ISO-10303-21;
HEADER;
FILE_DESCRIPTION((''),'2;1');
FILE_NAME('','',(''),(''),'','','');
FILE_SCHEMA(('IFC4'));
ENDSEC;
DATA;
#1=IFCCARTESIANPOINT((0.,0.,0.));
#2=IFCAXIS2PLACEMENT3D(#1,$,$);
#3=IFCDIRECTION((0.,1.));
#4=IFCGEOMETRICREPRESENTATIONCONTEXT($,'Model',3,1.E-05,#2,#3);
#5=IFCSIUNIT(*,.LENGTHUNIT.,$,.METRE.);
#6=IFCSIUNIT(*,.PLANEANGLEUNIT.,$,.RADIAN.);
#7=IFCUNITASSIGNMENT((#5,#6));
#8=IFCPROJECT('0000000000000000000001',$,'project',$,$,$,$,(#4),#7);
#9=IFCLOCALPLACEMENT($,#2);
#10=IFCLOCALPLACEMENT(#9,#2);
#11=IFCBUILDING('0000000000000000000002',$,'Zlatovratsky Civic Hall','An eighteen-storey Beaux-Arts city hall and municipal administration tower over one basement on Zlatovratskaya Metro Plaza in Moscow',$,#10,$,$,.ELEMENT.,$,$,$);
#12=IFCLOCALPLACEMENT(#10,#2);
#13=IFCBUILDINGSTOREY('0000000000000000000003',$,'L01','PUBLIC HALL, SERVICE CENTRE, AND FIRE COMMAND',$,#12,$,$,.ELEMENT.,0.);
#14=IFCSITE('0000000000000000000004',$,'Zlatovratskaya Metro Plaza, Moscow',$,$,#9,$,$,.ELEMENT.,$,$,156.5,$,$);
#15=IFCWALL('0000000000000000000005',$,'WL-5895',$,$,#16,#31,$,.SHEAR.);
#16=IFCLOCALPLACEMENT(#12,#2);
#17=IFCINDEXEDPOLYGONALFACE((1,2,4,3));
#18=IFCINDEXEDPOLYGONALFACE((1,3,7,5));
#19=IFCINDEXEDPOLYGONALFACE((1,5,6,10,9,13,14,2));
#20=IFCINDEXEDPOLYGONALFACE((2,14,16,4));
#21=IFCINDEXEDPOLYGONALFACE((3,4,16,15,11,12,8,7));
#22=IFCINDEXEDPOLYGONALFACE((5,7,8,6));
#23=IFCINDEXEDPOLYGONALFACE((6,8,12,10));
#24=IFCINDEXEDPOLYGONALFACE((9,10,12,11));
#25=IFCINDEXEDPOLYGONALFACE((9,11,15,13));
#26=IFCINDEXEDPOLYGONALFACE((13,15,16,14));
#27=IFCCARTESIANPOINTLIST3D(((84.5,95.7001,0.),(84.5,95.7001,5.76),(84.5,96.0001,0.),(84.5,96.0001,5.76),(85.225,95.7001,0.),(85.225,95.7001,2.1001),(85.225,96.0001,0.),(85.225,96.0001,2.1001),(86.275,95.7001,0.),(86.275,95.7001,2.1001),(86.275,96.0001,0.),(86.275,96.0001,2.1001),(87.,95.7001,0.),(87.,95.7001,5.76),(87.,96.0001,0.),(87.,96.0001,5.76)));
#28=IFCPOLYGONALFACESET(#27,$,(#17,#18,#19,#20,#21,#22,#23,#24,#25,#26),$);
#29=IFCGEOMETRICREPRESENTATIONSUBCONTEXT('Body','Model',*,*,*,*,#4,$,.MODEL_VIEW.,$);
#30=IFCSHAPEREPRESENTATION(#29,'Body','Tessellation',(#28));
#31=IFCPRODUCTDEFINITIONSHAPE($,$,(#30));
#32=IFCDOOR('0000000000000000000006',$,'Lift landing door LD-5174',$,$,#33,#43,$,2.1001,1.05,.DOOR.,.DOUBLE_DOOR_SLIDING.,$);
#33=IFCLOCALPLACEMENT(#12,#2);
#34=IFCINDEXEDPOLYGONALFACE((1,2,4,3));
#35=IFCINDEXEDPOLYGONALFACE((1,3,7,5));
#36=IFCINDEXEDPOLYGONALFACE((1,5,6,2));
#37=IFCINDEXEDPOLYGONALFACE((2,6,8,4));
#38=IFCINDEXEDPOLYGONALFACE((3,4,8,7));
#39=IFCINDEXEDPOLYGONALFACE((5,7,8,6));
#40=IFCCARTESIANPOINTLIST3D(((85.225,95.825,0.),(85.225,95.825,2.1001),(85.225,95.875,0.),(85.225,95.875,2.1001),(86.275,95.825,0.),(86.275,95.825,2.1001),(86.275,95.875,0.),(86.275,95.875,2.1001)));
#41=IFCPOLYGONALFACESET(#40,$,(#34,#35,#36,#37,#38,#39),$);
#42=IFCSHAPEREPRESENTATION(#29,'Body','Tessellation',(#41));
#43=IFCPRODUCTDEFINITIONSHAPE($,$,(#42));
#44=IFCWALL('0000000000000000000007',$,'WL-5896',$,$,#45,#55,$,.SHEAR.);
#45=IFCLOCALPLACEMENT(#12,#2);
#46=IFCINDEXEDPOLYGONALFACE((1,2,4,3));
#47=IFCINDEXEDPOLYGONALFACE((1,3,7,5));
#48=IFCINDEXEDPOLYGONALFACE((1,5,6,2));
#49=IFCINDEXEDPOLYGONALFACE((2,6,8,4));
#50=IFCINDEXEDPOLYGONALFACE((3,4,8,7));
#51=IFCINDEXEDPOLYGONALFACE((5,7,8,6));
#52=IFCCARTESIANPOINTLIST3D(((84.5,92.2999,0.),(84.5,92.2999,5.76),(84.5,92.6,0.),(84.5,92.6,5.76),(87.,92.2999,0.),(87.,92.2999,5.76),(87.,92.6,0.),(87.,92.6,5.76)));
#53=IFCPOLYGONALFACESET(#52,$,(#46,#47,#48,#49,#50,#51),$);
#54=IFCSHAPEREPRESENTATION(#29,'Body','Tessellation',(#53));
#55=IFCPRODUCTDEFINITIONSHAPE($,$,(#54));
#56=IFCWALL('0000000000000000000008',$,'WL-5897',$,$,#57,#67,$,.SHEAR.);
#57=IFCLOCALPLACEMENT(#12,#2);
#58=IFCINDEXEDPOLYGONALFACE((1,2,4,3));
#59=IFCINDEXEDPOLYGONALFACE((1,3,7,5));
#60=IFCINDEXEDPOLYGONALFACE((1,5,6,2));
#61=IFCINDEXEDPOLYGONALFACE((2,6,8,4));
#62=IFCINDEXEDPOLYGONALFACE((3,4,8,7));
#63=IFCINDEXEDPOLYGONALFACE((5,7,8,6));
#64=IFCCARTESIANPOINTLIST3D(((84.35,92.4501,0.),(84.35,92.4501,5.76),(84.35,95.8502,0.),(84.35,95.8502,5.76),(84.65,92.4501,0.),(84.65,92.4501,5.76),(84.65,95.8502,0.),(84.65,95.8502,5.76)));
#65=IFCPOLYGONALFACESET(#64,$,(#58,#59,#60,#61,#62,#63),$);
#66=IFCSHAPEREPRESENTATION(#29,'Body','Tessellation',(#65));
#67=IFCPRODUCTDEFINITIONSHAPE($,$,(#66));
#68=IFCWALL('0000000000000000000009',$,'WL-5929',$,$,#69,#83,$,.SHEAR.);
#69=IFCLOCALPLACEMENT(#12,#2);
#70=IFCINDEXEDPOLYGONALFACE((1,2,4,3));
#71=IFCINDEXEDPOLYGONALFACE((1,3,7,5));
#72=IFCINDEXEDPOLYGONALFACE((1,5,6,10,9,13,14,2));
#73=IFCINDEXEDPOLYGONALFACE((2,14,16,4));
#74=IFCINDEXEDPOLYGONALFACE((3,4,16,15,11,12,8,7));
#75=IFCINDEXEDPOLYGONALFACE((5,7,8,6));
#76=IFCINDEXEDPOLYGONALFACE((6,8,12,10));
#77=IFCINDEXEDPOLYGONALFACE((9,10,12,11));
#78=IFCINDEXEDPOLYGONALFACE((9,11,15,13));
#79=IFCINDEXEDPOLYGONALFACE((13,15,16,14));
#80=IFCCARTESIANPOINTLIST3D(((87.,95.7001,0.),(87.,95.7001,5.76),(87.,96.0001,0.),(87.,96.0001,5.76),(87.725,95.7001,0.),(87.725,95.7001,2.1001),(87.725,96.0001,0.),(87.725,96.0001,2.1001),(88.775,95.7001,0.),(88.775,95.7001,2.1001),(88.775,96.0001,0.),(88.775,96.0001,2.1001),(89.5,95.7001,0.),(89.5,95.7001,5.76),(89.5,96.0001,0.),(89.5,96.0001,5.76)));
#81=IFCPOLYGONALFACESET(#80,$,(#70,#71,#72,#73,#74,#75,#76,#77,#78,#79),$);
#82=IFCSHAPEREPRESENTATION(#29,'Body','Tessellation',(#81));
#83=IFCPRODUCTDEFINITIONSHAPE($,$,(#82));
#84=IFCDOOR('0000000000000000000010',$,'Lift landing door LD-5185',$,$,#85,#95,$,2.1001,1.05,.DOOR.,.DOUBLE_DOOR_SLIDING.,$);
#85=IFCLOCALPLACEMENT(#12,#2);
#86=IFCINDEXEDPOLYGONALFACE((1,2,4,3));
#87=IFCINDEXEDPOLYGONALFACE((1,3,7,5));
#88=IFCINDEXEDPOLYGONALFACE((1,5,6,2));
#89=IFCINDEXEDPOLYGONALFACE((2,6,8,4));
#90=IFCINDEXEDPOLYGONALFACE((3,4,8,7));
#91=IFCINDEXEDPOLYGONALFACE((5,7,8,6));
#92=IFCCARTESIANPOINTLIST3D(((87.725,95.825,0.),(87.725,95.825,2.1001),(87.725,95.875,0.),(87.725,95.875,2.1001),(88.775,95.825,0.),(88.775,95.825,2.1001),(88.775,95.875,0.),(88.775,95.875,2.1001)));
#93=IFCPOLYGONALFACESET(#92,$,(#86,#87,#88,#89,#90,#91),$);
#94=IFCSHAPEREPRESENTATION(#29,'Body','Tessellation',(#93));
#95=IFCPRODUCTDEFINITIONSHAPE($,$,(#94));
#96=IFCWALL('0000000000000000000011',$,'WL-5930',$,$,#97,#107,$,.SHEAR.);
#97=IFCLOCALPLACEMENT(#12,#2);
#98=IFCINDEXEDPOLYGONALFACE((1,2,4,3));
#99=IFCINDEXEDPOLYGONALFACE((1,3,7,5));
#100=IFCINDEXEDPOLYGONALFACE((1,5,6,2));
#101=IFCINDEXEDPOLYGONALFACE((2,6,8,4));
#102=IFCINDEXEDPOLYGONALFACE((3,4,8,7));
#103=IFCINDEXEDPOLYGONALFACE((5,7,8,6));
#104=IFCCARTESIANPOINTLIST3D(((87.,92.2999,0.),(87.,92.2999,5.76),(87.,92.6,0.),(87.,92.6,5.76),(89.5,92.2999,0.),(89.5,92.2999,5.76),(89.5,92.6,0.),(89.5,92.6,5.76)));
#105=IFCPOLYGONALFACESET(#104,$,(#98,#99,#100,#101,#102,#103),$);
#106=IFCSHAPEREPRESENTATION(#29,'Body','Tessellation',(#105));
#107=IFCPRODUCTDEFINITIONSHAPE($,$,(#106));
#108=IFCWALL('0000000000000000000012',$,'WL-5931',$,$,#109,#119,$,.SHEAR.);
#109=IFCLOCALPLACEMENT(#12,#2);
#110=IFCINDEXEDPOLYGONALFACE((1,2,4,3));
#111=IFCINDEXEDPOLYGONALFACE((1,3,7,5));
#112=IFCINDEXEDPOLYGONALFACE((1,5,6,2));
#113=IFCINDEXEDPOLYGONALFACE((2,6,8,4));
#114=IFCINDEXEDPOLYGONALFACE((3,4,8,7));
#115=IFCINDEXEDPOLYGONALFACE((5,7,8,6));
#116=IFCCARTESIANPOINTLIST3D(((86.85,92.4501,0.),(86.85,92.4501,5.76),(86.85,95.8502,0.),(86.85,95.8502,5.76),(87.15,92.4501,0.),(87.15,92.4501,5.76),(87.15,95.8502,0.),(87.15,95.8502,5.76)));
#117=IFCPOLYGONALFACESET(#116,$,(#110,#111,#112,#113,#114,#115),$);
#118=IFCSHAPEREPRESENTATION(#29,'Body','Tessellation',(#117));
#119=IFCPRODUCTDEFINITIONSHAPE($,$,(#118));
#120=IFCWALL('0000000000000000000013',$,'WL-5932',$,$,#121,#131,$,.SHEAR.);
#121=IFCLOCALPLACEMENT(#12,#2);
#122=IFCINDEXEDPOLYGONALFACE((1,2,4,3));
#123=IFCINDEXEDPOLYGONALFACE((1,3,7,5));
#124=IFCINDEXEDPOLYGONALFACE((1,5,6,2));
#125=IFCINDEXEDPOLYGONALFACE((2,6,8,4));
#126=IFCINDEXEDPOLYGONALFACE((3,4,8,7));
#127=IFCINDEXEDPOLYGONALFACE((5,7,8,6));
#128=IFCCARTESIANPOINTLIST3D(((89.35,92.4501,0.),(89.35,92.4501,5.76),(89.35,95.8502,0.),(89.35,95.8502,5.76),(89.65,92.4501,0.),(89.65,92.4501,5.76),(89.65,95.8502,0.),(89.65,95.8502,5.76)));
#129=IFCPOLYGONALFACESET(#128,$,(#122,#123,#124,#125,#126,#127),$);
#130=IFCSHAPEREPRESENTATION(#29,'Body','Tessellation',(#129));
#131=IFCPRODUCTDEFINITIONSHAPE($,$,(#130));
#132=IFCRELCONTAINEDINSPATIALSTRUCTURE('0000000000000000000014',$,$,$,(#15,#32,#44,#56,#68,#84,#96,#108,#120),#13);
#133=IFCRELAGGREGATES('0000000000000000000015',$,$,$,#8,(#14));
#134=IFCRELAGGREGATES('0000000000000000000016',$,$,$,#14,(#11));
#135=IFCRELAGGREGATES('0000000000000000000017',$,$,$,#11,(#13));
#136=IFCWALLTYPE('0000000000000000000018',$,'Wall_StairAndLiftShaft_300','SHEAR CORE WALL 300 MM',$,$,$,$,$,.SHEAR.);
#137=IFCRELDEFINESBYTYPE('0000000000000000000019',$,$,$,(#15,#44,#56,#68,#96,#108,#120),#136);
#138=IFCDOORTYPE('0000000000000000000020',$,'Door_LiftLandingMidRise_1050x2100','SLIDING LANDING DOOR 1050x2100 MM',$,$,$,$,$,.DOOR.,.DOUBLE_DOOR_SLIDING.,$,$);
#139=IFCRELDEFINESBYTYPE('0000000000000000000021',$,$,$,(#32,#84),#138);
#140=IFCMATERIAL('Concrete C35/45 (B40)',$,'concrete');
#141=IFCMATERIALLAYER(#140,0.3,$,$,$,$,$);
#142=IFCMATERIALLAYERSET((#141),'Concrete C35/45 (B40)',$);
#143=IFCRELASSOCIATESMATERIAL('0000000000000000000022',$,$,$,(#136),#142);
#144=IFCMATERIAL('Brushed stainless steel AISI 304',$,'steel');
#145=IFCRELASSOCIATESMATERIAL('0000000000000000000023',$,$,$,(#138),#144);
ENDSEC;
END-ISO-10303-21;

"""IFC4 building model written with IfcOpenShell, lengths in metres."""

from ifc_helpers import new_model, si_unit, direction, frame, frame_2d, origin, place, context, subcontext, project, spatial, rectangle, extrude, material, layer, layer_set, type_object, element, fill, save


model = new_model("IFC4")

# Units and contexts
model_context = context("Model", 3, precision=1e-05, world=origin(), true_north=direction((0.0, 1.0)))
body_context = subcontext(model_context, "Body", "Model", "MODEL_VIEW")
ifc_project = project(units=[si_unit("LENGTHUNIT", "METRE"), si_unit("PLANEANGLEUNIT", "RADIAN")], contexts=[model_context])

# Site, building, storey
site_placement = place(None, origin())
site = spatial("IfcSite", under=ifc_project, at=site_placement, Name="Zlatovratskaya Metro Plaza, Moscow", CompositionType="ELEMENT", RefElevation=156.5)
building_placement = place(site_placement, origin())
building = spatial("IfcBuilding", under=site, at=building_placement, Name="Zlatovratsky Civic Hall", Description="An eighteen-storey Beaux-Arts city hall and municipal administration tower over one basement on Zlatovratskaya Metro Plaza in Moscow", CompositionType="ELEMENT")
storey_placement = place(building_placement, origin())
storey = spatial("IfcBuildingStorey", under=building, at=storey_placement, Name="L01", Description="PUBLIC HALL, SERVICE CENTRE, AND FIRE COMMAND", CompositionType="ELEMENT", Elevation=0.0)

# Shared definitions
ifc_material_1 = material(Name="Concrete C35/45 (B40)", Category="concrete")

# Shared definitions
ifc_layer_1 = layer(ifc_material_1, 0.3)
ifc_layer_set_1 = layer_set([ifc_layer_1], Name="Concrete C35/45 (B40)")
wall_type_1 = type_object("IfcWallType", Name="Wall_StairAndLiftShaft_300", Description="SHEAR CORE WALL 300 MM", PredefinedType="SHEAR", material=ifc_layer_set_1)

# Wall, opening, door
wall_1_placement = place(storey_placement, frame((84.5, 95.8501, 0.0), z_axis=(0.0, 0.0, 1.0), x_axis=(1.0, 0.0, 0.0)))
wall_1 = element("IfcWall", 1, at=wall_1_placement, inside=storey, type_object=wall_type_1, Name="WL-5895", PredefinedType="SHEAR", context=body_context, shape_type="SweptSolid", body=[
    extrude(rectangle(XDim=2.5, YDim=0.3, at=frame_2d((1.25, 0.0))), origin(), (0.0, 0.0, 1.0), 5.76),
])
opening_1_placement = place(wall_1_placement, frame((0.7251, 0.0, 0.0)))
opening_1 = element("IfcOpeningElement", 2, at=opening_1_placement, cuts=wall_1, PredefinedType="OPENING", context=body_context, shape_type="SweptSolid", body=[
    extrude(rectangle(XDim=1.05, YDim=2.1001, at=frame_2d((0.5249, 1.05))), frame((0.0, 0.165, 0.0), z_axis=(0.0, -1.0, 0.0), x_axis=(1.0, 0.0, 0.0)), (0.0, 0.0, 1.0), 0.3298),
])
ifc_material_2 = material(Name="Brushed stainless steel AISI 304", Category="steel")
door_type = type_object("IfcDoorType", Name="Door_LiftLandingMidRise_1050x2100", Description="SLIDING LANDING DOOR 1050x2100 MM", OperationType="DOUBLE_DOOR_SLIDING", PredefinedType="DOOR", material=ifc_material_2)
door_1_placement = place(opening_1_placement, origin())
door_1 = element("IfcDoor", 3, at=door_1_placement, inside=storey, type_object=door_type, Name="Lift landing door LD-5174", OperationType="DOUBLE_DOOR_SLIDING", OverallHeight=2.1001, OverallWidth=1.05, PredefinedType="DOOR", context=body_context, shape_type="SweptSolid", body=[
    extrude(rectangle(XDim=1.05, YDim=2.1001, at=frame_2d((0.5249, 1.05))), frame((0.0, 0.0249, 0.0), z_axis=(0.0, -1.0, 0.0), x_axis=(1.0, 0.0, 0.0)), (0.0, 0.0, 1.0), 0.05),
])
fill(opening_1, door_1)

# Walls
wall_2_placement = place(storey_placement, frame((84.5, 92.45, 0.0), z_axis=(0.0, 0.0, 1.0), x_axis=(1.0, 0.0, 0.0)))
element("IfcWall", 4, at=wall_2_placement, inside=storey, type_object=wall_type_1, Name="WL-5896", PredefinedType="SHEAR", context=body_context, shape_type="SweptSolid", body=[
    extrude(rectangle(XDim=2.5, YDim=0.3, at=frame_2d((1.25, 0.0))), origin(), (0.0, 0.0, 1.0), 5.76),
])
wall_3_placement = place(storey_placement, frame((84.5, 92.45, 0.0), z_axis=(0.0, 0.0, 1.0), x_axis=(0.0, 1.0, 0.0)))
element("IfcWall", 5, at=wall_3_placement, inside=storey, type_object=wall_type_1, Name="WL-5897", PredefinedType="SHEAR", context=body_context, shape_type="SweptSolid", body=[
    extrude(rectangle(XDim=3.4001, YDim=0.3, at=frame_2d((1.7002, 0.0))), origin(), (0.0, 0.0, 1.0), 5.76),
])

# Wall, opening, door
wall_4_placement = place(storey_placement, frame((87.0, 95.8501, 0.0), z_axis=(0.0, 0.0, 1.0), x_axis=(1.0, 0.0, 0.0)))
wall_4 = element("IfcWall", 6, at=wall_4_placement, inside=storey, type_object=wall_type_1, Name="WL-5929", PredefinedType="SHEAR", context=body_context, shape_type="SweptSolid", body=[
    extrude(rectangle(XDim=2.5, YDim=0.3, at=frame_2d((1.25, 0.0))), origin(), (0.0, 0.0, 1.0), 5.76),
])
opening_2_placement = place(wall_4_placement, frame((0.7251, 0.0, 0.0)))
opening_2 = element("IfcOpeningElement", 7, at=opening_2_placement, cuts=wall_4, PredefinedType="OPENING", context=body_context, shape_type="SweptSolid", body=[
    extrude(rectangle(XDim=1.05, YDim=2.1001, at=frame_2d((0.5249, 1.05))), frame((0.0, 0.165, 0.0), z_axis=(0.0, -1.0, 0.0), x_axis=(1.0, 0.0, 0.0)), (0.0, 0.0, 1.0), 0.3298),
])
door_2_placement = place(opening_2_placement, origin())
door_2 = element("IfcDoor", 8, at=door_2_placement, inside=storey, type_object=door_type, Name="Lift landing door LD-5185", OperationType="DOUBLE_DOOR_SLIDING", OverallHeight=2.1001, OverallWidth=1.05, PredefinedType="DOOR", context=body_context, shape_type="SweptSolid", body=[
    extrude(rectangle(XDim=1.05, YDim=2.1001, at=frame_2d((0.5249, 1.05))), frame((0.0, 0.0249, 0.0), z_axis=(0.0, -1.0, 0.0), x_axis=(1.0, 0.0, 0.0)), (0.0, 0.0, 1.0), 0.05),
])
fill(opening_2, door_2)

# Walls
wall_5_placement = place(storey_placement, frame((87.0, 92.45, 0.0), z_axis=(0.0, 0.0, 1.0), x_axis=(1.0, 0.0, 0.0)))
element("IfcWall", 9, at=wall_5_placement, inside=storey, type_object=wall_type_1, Name="WL-5930", PredefinedType="SHEAR", context=body_context, shape_type="SweptSolid", body=[
    extrude(rectangle(XDim=2.5, YDim=0.3, at=frame_2d((1.25, 0.0))), origin(), (0.0, 0.0, 1.0), 5.76),
])
for number, where, z_axis, x_axis, name in (
    (10, (87.0, 92.45, 0.0), (0.0, 0.0, 1.0), (0.0, 1.0, 0.0), "WL-5931"),
    (11, (89.5, 92.45, 0.0), (0.0, 0.0, 1.0), (0.0, 1.0, 0.0), "WL-5932"),
):
    element("IfcWall", number, at=place(storey_placement, frame(where, z_axis=z_axis, x_axis=x_axis)), inside=storey, type_object=wall_type_1, Name=name, PredefinedType="SHEAR", context=body_context, shape_type="SweptSolid", body=[
        extrude(rectangle(XDim=3.4001, YDim=0.3, at=frame_2d((1.7002, 0.0))), origin(), (0.0, 0.0, 1.0), 5.76),
    ])

save(model, "model.ifc")
